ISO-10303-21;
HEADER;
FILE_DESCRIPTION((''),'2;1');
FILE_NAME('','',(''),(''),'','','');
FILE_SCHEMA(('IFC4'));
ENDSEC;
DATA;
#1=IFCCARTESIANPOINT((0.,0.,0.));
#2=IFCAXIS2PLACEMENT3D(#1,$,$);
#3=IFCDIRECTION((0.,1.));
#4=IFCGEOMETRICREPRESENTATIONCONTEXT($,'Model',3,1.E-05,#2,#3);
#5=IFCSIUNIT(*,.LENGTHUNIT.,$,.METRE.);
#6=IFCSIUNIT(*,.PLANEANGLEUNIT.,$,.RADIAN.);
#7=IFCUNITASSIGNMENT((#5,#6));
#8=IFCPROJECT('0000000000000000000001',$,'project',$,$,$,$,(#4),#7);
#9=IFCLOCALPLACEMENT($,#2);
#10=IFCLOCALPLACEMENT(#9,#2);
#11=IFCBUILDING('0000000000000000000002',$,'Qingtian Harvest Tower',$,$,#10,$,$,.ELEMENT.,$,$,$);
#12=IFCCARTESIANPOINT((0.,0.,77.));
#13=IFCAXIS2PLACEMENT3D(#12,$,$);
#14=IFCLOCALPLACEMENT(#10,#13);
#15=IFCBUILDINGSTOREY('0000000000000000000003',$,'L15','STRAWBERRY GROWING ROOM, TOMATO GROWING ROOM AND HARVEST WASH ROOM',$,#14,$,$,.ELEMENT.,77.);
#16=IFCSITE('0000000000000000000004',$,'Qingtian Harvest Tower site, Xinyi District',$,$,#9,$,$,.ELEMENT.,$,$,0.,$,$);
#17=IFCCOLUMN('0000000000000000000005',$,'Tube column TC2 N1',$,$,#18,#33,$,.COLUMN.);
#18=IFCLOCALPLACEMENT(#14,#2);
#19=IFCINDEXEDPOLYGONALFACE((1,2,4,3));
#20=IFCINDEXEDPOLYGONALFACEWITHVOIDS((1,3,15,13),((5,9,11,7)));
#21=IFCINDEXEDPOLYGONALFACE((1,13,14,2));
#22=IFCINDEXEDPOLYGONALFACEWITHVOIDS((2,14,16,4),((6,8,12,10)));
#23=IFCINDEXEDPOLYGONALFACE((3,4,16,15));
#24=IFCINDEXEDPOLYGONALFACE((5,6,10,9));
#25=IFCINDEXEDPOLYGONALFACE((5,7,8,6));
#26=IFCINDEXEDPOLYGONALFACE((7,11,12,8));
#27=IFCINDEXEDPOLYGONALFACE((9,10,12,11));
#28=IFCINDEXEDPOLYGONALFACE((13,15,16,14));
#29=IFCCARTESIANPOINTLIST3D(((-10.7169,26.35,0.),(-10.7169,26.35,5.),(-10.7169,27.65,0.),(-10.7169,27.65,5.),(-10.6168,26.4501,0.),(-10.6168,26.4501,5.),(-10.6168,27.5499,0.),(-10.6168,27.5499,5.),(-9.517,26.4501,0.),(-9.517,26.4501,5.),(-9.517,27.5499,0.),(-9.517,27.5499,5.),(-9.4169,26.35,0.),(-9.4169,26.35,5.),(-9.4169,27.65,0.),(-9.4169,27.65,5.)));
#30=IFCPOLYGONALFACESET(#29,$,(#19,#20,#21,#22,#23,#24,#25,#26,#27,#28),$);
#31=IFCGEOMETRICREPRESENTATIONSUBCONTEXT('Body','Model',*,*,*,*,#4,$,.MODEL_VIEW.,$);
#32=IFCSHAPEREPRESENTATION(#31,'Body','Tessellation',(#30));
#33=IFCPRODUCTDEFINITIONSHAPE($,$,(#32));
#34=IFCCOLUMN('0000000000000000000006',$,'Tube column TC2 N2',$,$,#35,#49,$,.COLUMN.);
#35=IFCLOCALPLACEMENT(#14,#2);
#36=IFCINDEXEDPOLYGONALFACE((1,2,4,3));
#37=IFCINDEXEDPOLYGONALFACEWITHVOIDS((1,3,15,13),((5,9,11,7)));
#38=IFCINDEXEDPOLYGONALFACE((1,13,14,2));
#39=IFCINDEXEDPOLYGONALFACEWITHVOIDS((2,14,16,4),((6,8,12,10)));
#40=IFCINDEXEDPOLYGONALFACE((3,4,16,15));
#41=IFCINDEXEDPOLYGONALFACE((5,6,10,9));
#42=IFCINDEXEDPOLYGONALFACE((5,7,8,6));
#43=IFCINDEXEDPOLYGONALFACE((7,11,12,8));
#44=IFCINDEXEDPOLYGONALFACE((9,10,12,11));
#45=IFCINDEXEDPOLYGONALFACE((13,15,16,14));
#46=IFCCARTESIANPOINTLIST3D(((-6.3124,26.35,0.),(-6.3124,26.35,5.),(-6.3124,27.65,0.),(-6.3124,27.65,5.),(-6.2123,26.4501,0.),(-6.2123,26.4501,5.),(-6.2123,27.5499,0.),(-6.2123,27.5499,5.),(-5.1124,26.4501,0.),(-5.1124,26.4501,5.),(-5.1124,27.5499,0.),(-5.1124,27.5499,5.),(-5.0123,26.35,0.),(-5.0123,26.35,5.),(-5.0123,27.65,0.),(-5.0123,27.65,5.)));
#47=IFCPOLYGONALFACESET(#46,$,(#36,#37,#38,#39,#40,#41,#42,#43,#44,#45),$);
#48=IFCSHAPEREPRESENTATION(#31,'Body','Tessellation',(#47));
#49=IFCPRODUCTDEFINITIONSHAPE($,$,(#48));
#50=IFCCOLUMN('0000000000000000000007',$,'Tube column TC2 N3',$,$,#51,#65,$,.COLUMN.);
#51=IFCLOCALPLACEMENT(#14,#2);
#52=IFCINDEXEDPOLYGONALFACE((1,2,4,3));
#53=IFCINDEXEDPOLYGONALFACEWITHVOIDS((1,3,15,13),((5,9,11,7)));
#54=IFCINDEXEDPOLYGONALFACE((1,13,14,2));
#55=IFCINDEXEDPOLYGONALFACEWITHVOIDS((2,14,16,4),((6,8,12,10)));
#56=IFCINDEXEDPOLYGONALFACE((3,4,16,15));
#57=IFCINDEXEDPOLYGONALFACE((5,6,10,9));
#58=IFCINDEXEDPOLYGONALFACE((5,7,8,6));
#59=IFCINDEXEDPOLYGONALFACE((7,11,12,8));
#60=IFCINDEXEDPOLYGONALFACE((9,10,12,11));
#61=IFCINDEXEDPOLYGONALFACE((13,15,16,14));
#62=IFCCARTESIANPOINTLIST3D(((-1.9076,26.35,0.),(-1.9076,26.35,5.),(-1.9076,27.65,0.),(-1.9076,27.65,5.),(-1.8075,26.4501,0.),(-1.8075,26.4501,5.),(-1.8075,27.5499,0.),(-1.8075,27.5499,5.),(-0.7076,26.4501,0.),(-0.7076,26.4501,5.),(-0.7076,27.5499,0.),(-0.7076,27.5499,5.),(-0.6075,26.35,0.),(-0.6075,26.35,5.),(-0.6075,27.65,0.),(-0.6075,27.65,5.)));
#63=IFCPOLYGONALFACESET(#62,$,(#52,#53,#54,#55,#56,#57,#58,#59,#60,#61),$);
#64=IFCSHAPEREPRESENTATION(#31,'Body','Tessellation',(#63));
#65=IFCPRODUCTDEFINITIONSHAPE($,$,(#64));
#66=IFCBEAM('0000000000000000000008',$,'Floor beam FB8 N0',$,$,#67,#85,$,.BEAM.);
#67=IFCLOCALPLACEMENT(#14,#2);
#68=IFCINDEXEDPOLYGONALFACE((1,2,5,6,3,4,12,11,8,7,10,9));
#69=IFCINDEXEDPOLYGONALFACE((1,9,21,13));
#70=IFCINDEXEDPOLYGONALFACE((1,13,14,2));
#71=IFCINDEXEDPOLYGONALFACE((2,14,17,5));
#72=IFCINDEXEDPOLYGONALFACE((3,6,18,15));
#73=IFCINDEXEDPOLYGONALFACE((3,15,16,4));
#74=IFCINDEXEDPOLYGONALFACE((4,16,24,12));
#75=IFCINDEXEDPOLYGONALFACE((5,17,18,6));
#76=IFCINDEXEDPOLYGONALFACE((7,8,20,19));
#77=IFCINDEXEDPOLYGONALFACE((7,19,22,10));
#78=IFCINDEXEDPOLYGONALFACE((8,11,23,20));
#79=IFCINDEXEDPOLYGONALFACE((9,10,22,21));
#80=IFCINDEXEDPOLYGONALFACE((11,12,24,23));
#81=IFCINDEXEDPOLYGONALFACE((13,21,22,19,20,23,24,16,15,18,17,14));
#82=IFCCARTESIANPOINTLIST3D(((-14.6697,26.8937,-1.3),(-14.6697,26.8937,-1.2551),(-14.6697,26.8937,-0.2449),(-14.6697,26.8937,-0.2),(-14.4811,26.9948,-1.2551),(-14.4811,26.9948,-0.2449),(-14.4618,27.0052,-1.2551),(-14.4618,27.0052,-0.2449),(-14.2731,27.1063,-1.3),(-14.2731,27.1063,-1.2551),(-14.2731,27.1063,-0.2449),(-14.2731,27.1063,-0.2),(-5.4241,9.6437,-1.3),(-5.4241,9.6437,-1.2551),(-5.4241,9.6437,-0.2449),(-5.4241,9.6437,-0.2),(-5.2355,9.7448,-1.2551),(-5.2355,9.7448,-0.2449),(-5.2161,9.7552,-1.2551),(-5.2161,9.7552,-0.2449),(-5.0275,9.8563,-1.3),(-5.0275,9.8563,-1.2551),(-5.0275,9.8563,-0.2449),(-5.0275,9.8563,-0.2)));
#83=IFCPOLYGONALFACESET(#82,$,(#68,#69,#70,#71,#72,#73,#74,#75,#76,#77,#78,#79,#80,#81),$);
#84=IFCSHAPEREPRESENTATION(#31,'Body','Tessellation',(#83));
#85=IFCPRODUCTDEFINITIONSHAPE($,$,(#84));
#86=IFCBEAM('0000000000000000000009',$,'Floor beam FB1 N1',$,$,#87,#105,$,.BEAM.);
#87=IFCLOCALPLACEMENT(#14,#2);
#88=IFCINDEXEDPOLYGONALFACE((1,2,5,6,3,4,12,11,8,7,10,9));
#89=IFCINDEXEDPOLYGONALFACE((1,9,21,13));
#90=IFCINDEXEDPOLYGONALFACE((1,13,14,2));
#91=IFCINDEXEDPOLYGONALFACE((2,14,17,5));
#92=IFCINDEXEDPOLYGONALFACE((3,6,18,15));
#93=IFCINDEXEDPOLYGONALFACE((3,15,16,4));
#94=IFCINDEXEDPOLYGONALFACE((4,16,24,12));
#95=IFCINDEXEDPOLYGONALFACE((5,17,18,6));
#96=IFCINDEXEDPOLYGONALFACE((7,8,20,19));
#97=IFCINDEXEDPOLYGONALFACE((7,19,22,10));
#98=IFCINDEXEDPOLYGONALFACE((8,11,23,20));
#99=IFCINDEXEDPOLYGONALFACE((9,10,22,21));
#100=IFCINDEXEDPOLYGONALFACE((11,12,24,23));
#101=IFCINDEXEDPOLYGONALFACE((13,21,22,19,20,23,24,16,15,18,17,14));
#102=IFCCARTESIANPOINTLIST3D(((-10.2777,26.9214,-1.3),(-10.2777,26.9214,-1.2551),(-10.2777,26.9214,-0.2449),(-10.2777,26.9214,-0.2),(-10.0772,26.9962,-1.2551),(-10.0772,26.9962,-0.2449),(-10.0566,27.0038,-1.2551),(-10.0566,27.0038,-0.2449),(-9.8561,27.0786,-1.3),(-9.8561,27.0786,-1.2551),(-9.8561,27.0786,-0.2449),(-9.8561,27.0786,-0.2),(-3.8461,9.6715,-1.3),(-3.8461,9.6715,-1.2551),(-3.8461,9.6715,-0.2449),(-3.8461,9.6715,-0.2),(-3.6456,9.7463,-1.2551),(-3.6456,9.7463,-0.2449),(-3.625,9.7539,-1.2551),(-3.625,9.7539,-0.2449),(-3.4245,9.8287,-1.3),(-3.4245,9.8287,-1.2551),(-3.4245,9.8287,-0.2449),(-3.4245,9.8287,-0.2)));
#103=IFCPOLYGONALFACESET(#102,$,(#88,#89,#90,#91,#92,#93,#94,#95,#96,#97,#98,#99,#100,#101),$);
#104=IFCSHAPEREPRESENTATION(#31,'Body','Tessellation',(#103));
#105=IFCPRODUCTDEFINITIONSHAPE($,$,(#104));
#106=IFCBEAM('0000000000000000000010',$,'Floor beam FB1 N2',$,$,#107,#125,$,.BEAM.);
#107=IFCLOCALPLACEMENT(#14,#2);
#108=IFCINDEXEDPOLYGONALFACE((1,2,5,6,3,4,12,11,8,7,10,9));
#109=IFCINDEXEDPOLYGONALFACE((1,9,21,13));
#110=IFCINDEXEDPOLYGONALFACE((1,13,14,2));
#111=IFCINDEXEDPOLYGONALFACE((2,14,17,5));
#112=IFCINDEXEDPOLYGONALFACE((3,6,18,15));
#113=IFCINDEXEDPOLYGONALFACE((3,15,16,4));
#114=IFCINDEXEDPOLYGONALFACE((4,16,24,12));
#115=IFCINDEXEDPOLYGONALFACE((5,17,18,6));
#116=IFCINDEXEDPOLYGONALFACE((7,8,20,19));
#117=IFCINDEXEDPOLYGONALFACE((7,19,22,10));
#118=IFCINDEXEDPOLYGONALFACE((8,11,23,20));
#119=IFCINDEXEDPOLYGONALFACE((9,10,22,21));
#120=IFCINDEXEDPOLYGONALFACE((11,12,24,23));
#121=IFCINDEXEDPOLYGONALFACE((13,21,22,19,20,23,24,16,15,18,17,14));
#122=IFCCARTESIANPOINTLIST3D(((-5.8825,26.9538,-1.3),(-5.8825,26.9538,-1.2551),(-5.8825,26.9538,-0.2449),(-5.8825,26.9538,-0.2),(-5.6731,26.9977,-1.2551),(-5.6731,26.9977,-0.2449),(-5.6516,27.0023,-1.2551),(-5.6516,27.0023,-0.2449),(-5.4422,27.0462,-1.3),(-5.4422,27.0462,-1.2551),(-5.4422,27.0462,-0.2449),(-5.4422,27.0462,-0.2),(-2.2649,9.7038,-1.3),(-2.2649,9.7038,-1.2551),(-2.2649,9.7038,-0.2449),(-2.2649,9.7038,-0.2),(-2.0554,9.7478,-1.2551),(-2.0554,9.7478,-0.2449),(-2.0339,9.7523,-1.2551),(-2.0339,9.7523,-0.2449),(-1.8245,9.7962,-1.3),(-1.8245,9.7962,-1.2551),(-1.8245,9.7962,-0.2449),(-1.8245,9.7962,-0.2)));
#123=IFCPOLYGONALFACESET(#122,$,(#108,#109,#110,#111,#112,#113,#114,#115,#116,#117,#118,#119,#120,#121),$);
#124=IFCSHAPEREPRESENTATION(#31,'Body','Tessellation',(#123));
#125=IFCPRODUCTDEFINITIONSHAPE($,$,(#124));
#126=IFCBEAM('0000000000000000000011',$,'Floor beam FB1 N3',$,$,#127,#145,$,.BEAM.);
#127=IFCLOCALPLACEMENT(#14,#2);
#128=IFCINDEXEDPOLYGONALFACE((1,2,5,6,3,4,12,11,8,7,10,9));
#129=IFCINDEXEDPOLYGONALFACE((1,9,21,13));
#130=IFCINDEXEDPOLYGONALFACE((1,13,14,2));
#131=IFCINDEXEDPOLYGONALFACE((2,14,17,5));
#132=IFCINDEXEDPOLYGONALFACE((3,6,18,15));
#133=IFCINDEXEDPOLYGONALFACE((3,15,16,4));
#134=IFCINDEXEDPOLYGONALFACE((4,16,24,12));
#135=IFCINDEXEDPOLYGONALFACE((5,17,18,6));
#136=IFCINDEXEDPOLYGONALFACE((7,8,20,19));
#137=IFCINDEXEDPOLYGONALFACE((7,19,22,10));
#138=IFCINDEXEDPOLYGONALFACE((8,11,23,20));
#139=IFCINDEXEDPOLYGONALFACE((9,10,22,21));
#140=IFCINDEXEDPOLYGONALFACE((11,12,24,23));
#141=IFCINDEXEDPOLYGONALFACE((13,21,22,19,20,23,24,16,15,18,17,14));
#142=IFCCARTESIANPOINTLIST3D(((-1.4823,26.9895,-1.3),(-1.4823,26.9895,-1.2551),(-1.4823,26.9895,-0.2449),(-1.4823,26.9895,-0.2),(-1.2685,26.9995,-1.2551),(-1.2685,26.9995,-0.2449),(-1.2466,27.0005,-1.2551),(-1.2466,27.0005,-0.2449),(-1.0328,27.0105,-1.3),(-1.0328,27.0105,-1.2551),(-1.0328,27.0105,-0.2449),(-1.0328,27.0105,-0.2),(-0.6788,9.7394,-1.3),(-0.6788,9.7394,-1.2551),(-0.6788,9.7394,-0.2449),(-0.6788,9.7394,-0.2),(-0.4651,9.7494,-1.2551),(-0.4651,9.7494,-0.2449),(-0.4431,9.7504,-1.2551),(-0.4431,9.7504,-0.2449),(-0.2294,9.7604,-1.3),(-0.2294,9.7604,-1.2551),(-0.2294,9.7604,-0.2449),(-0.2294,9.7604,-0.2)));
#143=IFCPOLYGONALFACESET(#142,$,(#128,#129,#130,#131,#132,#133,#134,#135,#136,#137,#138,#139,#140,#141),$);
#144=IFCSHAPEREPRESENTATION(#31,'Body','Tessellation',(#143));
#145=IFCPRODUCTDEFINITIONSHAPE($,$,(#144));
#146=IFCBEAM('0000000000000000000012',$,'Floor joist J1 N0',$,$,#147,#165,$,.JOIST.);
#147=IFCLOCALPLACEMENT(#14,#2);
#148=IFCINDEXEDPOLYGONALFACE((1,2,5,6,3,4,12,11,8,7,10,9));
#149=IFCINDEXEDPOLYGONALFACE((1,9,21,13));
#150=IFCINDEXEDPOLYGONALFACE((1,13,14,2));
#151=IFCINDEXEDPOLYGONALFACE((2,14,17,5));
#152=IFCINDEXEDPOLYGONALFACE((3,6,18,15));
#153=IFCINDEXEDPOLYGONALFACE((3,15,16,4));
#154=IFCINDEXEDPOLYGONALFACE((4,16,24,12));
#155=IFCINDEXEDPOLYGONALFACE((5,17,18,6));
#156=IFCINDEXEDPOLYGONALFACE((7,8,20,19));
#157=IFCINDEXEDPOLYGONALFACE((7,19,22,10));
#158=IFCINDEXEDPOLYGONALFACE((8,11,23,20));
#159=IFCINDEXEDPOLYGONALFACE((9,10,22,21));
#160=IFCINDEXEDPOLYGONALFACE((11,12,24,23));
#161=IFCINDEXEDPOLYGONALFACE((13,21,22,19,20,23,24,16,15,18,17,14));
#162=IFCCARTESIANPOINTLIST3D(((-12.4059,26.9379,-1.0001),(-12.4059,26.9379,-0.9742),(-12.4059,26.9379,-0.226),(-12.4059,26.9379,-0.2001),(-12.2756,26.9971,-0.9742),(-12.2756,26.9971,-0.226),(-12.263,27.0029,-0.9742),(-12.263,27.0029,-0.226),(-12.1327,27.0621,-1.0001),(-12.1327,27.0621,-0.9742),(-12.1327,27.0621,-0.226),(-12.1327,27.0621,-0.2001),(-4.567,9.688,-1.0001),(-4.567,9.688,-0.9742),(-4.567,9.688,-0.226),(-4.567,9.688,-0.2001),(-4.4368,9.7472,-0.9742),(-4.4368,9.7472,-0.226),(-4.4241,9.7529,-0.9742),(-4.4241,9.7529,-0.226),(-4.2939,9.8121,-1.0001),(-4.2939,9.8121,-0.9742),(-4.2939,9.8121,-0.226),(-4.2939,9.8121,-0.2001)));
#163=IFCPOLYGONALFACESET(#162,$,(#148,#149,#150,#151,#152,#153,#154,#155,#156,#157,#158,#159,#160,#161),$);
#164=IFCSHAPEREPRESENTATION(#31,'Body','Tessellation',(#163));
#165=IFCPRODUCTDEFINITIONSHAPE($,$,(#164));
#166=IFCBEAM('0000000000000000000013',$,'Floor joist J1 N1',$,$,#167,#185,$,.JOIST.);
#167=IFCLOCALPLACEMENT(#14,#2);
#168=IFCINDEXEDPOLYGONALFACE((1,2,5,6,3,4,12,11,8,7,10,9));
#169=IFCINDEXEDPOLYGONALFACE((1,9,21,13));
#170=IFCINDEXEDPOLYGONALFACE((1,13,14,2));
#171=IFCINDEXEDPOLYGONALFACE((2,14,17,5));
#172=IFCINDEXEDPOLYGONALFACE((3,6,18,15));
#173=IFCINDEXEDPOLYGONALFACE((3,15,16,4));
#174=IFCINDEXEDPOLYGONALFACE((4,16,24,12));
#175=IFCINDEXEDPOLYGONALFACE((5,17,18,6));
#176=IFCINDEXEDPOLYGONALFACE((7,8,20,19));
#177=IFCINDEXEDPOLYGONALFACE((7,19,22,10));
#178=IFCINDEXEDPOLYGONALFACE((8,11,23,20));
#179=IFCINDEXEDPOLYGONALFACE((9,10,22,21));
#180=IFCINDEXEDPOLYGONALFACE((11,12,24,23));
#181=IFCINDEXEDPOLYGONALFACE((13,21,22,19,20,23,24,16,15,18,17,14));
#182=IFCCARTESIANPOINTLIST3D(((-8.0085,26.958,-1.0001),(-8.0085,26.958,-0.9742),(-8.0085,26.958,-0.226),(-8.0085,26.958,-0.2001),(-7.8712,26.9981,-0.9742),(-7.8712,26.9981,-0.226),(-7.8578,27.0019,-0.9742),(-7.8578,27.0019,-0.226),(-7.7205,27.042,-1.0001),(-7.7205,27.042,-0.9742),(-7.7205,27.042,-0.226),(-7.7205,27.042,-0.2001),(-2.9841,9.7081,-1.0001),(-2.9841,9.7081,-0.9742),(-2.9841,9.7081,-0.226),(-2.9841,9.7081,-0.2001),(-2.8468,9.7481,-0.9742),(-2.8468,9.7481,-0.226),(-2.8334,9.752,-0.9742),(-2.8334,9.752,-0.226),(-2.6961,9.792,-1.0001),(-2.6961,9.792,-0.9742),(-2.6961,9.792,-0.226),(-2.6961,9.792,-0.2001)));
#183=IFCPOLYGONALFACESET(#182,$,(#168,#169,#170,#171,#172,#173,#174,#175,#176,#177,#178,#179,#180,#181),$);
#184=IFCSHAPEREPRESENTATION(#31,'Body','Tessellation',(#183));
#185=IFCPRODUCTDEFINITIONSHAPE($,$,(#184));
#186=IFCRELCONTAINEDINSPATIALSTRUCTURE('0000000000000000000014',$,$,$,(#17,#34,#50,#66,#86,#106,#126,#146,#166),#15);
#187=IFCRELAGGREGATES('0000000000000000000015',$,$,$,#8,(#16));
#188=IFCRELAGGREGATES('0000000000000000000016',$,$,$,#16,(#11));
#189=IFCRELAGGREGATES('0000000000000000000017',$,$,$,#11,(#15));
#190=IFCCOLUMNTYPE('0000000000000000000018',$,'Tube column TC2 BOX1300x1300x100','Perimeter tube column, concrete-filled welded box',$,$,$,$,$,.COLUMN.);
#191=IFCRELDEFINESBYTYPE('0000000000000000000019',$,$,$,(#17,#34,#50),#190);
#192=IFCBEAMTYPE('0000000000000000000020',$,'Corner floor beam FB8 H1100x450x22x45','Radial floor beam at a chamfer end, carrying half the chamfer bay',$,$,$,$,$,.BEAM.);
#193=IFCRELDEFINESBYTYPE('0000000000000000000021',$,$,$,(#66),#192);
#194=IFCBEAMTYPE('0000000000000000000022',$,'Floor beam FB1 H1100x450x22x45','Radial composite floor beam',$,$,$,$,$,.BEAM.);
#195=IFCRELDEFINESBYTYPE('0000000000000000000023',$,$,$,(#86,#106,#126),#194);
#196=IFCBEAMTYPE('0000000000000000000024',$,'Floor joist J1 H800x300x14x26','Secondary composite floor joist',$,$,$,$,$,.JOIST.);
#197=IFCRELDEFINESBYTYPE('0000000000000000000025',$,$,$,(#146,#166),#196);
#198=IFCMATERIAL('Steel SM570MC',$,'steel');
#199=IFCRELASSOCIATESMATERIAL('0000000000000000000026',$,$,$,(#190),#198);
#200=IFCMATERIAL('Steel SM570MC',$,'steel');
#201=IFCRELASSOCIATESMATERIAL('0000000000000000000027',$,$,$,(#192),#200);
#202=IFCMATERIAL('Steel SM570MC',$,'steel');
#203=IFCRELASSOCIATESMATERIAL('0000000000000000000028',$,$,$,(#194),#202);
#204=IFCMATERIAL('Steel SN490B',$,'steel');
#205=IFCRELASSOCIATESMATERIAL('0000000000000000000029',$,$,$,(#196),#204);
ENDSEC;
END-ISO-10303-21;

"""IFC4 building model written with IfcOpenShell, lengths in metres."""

from ifc_helpers import new_model, si_unit, direction, frame, origin, origin_2d, place, context, subcontext, project, spatial, hollow_rectangle, i_section, extrude, material, material_profile, profile_set, type_object, element, save


model = new_model("IFC4")

# Units and contexts
model_context = context("Model", 3, precision=1e-05, world=origin(), true_north=direction((0.0, 1.0)))
body_context = subcontext(model_context, "Body", "Model", "MODEL_VIEW")
ifc_project = project(units=[si_unit("LENGTHUNIT", "METRE"), si_unit("PLANEANGLEUNIT", "RADIAN")], contexts=[model_context])

# Site, building, storey
site_placement = place(None, origin())
site = spatial("IfcSite", under=ifc_project, at=site_placement, Name="Qingtian Harvest Tower site, Xinyi District", CompositionType="ELEMENT", RefElevation=0.0)
building_placement = place(site_placement, origin())
building = spatial("IfcBuilding", under=site, at=building_placement, Name="Qingtian Harvest Tower", CompositionType="ELEMENT")
storey_placement = place(building_placement, frame((0.0, 0.0, 77.0)))
storey = spatial("IfcBuildingStorey", under=building, at=storey_placement, Name="L15", Description="STRAWBERRY GROWING ROOM, TOMATO GROWING ROOM AND HARVEST WASH ROOM", CompositionType="ELEMENT", Elevation=77.0)

# Columns
ifc_material_1 = material(Name="Steel SM570MC", Category="steel")
ifc_material_profile_1 = material_profile(ifc_material_1, hollow_rectangle(XDim=1.3, YDim=1.3, WallThickness=0.1001, at=origin_2d()), Name="BOX1300x1300x100")
ifc_profile_set_1 = profile_set([ifc_material_profile_1], Name="Steel SM570MC")
column_type = type_object("IfcColumnType", Name="Tube column TC2 BOX1300x1300x100", Description="Perimeter tube column, concrete-filled welded box", PredefinedType="COLUMN", material=ifc_profile_set_1)
for number, where, z_axis, x_axis, name in (
    (1, (-10.0669, 27.0, 0.0), (0.0, 0.0, 1.0), (-1.0, 0.0, 0.0), "Tube column TC2 N1"),
    (2, (-5.6624, 27.0, 0.0), (0.0, 0.0, 1.0), (-1.0, 0.0, 0.0), "Tube column TC2 N2"),
    (3, (-1.2576, 27.0, 0.0), (0.0, 0.0, 1.0), (-1.0, 0.0, 0.0), "Tube column TC2 N3"),
):
    element("IfcColumn", number, at=place(storey_placement, frame(where, z_axis=z_axis, x_axis=x_axis)), inside=storey, type_object=column_type, Name=name, PredefinedType="COLUMN", context=body_context, shape_type="SweptSolid", body=[
        extrude(hollow_rectangle(XDim=1.3, YDim=1.3, WallThickness=0.1001, at=origin_2d()), origin(), (0.0, 0.0, 1.0), 5.0),
    ])

# Beams
ifc_material_2 = material(Name="Steel SM570MC", Category="steel")
ifc_material_profile_2 = material_profile(ifc_material_2, i_section(OverallWidth=0.45, OverallDepth=1.1001, WebThickness=0.022, FlangeThickness=0.0449, at=origin_2d()), Name="H1100x450x22x45")
ifc_profile_set_2 = profile_set([ifc_material_profile_2], Name="Steel SM570MC")
beam_type_1 = type_object("IfcBeamType", Name="Corner floor beam FB8 H1100x450x22x45", Description="Radial floor beam at a chamfer end, carrying half the chamfer bay", PredefinedType="BEAM", material=ifc_profile_set_2)
beam_1_placement = place(storey_placement, frame((-14.4714, 27.0, -0.75), z_axis=(0.472401, -0.881384, 0.0), x_axis=(0.881384, 0.472401, 0.0)))
element("IfcBeam", 4, at=beam_1_placement, inside=storey, type_object=beam_type_1, Name="Floor beam FB8 N0", PredefinedType="BEAM", context=body_context, shape_type="SweptSolid", body=[
    extrude(i_section(OverallWidth=0.45, OverallDepth=1.1001, WebThickness=0.022, FlangeThickness=0.0449, at=origin_2d()), origin(), (0.0, 0.0, 1.0), 19.5715),
])
ifc_material_3 = material(Name="Steel SM570MC", Category="steel")
ifc_material_profile_3 = material_profile(ifc_material_3, i_section(OverallWidth=0.45, OverallDepth=1.1001, WebThickness=0.022, FlangeThickness=0.0449, at=origin_2d()), Name="H1100x450x22x45")
ifc_profile_set_3 = profile_set([ifc_material_profile_3], Name="Steel SM570MC")
beam_type_2 = type_object("IfcBeamType", Name="Floor beam FB1 H1100x450x22x45", Description="Radial composite floor beam", PredefinedType="BEAM", material=ifc_profile_set_3)
beam_2_placement = place(storey_placement, frame((-10.0669, 27.0, -0.75), z_axis=(0.349356, -0.93699, 0.0), x_axis=(0.93699, 0.349356, 0.0)))
element("IfcBeam", 5, at=beam_2_placement, inside=storey, type_object=beam_type_2, Name="Floor beam FB1 N1", PredefinedType="BEAM", context=body_context, shape_type="SweptSolid", body=[
    extrude(i_section(OverallWidth=0.45, OverallDepth=1.1001, WebThickness=0.022, FlangeThickness=0.0449, at=origin_2d()), origin(), (0.0, 0.0, 1.0), 18.4099),
])
beam_3_placement = place(storey_placement, frame((-5.6624, 27.0, -0.75), z_axis=(0.205255, -0.978709, 0.0), x_axis=(0.978709, 0.205255, 0.0)))
element("IfcBeam", 6, at=beam_3_placement, inside=storey, type_object=beam_type_2, Name="Floor beam FB1 N2", PredefinedType="BEAM", context=body_context, shape_type="SweptSolid", body=[
    extrude(i_section(OverallWidth=0.45, OverallDepth=1.1001, WebThickness=0.022, FlangeThickness=0.0449, at=origin_2d()), origin(), (0.0, 0.0, 1.0), 17.6252),
])
beam_4_placement = place(storey_placement, frame((-1.2576, 27.0, -0.75), z_axis=(0.046527, -0.998917, 0.0), x_axis=(0.998917, 0.046527, 0.0)))
element("IfcBeam", 7, at=beam_4_placement, inside=storey, type_object=beam_type_2, Name="Floor beam FB1 N3", PredefinedType="BEAM", context=body_context, shape_type="SweptSolid", body=[
    extrude(i_section(OverallWidth=0.45, OverallDepth=1.1001, WebThickness=0.022, FlangeThickness=0.0449, at=origin_2d()), origin(), (0.0, 0.0, 1.0), 17.2688),
])
ifc_material_4 = material(Name="Steel SN490B", Category="steel")
ifc_material_profile_4 = material_profile(ifc_material_4, i_section(OverallWidth=0.3, OverallDepth=0.8, WebThickness=0.0139, FlangeThickness=0.0259, at=origin_2d()), Name="H800x300x14x26")
ifc_profile_set_4 = profile_set([ifc_material_profile_4], Name="Steel SN490B")
beam_type_3 = type_object("IfcBeamType", Name="Floor joist J1 H800x300x14x26", Description="Secondary composite floor joist", PredefinedType="JOIST", material=ifc_profile_set_4)
beam_5_placement = place(storey_placement, frame((-12.2693, 27.0, -0.6001), z_axis=(0.413714, -0.910407, 0.0), x_axis=(0.910407, 0.413714, 0.0)))
element("IfcBeam", 8, at=beam_5_placement, inside=storey, type_object=beam_type_3, Name="Floor joist J1 N0", PredefinedType="JOIST", context=body_context, shape_type="SweptSolid", body=[
    extrude(i_section(OverallWidth=0.3, OverallDepth=0.8, WebThickness=0.0139, FlangeThickness=0.0259, at=origin_2d()), origin(), (0.0, 0.0, 1.0), 18.9475),
])
beam_6_placement = place(storey_placement, frame((-7.8645, 27.0, -0.6001), z_axis=(0.279649, -0.960102, 0.0), x_axis=(0.960102, 0.279649, 0.0)))
element("IfcBeam", 9, at=beam_6_placement, inside=storey, type_object=beam_type_3, Name="Floor joist J1 N1", PredefinedType="JOIST", context=body_context, shape_type="SweptSolid", body=[
    extrude(i_section(OverallWidth=0.3, OverallDepth=0.8, WebThickness=0.0139, FlangeThickness=0.0259, at=origin_2d()), origin(), (0.0, 0.0, 1.0), 17.9668),
])

save(model, "model.ifc")
